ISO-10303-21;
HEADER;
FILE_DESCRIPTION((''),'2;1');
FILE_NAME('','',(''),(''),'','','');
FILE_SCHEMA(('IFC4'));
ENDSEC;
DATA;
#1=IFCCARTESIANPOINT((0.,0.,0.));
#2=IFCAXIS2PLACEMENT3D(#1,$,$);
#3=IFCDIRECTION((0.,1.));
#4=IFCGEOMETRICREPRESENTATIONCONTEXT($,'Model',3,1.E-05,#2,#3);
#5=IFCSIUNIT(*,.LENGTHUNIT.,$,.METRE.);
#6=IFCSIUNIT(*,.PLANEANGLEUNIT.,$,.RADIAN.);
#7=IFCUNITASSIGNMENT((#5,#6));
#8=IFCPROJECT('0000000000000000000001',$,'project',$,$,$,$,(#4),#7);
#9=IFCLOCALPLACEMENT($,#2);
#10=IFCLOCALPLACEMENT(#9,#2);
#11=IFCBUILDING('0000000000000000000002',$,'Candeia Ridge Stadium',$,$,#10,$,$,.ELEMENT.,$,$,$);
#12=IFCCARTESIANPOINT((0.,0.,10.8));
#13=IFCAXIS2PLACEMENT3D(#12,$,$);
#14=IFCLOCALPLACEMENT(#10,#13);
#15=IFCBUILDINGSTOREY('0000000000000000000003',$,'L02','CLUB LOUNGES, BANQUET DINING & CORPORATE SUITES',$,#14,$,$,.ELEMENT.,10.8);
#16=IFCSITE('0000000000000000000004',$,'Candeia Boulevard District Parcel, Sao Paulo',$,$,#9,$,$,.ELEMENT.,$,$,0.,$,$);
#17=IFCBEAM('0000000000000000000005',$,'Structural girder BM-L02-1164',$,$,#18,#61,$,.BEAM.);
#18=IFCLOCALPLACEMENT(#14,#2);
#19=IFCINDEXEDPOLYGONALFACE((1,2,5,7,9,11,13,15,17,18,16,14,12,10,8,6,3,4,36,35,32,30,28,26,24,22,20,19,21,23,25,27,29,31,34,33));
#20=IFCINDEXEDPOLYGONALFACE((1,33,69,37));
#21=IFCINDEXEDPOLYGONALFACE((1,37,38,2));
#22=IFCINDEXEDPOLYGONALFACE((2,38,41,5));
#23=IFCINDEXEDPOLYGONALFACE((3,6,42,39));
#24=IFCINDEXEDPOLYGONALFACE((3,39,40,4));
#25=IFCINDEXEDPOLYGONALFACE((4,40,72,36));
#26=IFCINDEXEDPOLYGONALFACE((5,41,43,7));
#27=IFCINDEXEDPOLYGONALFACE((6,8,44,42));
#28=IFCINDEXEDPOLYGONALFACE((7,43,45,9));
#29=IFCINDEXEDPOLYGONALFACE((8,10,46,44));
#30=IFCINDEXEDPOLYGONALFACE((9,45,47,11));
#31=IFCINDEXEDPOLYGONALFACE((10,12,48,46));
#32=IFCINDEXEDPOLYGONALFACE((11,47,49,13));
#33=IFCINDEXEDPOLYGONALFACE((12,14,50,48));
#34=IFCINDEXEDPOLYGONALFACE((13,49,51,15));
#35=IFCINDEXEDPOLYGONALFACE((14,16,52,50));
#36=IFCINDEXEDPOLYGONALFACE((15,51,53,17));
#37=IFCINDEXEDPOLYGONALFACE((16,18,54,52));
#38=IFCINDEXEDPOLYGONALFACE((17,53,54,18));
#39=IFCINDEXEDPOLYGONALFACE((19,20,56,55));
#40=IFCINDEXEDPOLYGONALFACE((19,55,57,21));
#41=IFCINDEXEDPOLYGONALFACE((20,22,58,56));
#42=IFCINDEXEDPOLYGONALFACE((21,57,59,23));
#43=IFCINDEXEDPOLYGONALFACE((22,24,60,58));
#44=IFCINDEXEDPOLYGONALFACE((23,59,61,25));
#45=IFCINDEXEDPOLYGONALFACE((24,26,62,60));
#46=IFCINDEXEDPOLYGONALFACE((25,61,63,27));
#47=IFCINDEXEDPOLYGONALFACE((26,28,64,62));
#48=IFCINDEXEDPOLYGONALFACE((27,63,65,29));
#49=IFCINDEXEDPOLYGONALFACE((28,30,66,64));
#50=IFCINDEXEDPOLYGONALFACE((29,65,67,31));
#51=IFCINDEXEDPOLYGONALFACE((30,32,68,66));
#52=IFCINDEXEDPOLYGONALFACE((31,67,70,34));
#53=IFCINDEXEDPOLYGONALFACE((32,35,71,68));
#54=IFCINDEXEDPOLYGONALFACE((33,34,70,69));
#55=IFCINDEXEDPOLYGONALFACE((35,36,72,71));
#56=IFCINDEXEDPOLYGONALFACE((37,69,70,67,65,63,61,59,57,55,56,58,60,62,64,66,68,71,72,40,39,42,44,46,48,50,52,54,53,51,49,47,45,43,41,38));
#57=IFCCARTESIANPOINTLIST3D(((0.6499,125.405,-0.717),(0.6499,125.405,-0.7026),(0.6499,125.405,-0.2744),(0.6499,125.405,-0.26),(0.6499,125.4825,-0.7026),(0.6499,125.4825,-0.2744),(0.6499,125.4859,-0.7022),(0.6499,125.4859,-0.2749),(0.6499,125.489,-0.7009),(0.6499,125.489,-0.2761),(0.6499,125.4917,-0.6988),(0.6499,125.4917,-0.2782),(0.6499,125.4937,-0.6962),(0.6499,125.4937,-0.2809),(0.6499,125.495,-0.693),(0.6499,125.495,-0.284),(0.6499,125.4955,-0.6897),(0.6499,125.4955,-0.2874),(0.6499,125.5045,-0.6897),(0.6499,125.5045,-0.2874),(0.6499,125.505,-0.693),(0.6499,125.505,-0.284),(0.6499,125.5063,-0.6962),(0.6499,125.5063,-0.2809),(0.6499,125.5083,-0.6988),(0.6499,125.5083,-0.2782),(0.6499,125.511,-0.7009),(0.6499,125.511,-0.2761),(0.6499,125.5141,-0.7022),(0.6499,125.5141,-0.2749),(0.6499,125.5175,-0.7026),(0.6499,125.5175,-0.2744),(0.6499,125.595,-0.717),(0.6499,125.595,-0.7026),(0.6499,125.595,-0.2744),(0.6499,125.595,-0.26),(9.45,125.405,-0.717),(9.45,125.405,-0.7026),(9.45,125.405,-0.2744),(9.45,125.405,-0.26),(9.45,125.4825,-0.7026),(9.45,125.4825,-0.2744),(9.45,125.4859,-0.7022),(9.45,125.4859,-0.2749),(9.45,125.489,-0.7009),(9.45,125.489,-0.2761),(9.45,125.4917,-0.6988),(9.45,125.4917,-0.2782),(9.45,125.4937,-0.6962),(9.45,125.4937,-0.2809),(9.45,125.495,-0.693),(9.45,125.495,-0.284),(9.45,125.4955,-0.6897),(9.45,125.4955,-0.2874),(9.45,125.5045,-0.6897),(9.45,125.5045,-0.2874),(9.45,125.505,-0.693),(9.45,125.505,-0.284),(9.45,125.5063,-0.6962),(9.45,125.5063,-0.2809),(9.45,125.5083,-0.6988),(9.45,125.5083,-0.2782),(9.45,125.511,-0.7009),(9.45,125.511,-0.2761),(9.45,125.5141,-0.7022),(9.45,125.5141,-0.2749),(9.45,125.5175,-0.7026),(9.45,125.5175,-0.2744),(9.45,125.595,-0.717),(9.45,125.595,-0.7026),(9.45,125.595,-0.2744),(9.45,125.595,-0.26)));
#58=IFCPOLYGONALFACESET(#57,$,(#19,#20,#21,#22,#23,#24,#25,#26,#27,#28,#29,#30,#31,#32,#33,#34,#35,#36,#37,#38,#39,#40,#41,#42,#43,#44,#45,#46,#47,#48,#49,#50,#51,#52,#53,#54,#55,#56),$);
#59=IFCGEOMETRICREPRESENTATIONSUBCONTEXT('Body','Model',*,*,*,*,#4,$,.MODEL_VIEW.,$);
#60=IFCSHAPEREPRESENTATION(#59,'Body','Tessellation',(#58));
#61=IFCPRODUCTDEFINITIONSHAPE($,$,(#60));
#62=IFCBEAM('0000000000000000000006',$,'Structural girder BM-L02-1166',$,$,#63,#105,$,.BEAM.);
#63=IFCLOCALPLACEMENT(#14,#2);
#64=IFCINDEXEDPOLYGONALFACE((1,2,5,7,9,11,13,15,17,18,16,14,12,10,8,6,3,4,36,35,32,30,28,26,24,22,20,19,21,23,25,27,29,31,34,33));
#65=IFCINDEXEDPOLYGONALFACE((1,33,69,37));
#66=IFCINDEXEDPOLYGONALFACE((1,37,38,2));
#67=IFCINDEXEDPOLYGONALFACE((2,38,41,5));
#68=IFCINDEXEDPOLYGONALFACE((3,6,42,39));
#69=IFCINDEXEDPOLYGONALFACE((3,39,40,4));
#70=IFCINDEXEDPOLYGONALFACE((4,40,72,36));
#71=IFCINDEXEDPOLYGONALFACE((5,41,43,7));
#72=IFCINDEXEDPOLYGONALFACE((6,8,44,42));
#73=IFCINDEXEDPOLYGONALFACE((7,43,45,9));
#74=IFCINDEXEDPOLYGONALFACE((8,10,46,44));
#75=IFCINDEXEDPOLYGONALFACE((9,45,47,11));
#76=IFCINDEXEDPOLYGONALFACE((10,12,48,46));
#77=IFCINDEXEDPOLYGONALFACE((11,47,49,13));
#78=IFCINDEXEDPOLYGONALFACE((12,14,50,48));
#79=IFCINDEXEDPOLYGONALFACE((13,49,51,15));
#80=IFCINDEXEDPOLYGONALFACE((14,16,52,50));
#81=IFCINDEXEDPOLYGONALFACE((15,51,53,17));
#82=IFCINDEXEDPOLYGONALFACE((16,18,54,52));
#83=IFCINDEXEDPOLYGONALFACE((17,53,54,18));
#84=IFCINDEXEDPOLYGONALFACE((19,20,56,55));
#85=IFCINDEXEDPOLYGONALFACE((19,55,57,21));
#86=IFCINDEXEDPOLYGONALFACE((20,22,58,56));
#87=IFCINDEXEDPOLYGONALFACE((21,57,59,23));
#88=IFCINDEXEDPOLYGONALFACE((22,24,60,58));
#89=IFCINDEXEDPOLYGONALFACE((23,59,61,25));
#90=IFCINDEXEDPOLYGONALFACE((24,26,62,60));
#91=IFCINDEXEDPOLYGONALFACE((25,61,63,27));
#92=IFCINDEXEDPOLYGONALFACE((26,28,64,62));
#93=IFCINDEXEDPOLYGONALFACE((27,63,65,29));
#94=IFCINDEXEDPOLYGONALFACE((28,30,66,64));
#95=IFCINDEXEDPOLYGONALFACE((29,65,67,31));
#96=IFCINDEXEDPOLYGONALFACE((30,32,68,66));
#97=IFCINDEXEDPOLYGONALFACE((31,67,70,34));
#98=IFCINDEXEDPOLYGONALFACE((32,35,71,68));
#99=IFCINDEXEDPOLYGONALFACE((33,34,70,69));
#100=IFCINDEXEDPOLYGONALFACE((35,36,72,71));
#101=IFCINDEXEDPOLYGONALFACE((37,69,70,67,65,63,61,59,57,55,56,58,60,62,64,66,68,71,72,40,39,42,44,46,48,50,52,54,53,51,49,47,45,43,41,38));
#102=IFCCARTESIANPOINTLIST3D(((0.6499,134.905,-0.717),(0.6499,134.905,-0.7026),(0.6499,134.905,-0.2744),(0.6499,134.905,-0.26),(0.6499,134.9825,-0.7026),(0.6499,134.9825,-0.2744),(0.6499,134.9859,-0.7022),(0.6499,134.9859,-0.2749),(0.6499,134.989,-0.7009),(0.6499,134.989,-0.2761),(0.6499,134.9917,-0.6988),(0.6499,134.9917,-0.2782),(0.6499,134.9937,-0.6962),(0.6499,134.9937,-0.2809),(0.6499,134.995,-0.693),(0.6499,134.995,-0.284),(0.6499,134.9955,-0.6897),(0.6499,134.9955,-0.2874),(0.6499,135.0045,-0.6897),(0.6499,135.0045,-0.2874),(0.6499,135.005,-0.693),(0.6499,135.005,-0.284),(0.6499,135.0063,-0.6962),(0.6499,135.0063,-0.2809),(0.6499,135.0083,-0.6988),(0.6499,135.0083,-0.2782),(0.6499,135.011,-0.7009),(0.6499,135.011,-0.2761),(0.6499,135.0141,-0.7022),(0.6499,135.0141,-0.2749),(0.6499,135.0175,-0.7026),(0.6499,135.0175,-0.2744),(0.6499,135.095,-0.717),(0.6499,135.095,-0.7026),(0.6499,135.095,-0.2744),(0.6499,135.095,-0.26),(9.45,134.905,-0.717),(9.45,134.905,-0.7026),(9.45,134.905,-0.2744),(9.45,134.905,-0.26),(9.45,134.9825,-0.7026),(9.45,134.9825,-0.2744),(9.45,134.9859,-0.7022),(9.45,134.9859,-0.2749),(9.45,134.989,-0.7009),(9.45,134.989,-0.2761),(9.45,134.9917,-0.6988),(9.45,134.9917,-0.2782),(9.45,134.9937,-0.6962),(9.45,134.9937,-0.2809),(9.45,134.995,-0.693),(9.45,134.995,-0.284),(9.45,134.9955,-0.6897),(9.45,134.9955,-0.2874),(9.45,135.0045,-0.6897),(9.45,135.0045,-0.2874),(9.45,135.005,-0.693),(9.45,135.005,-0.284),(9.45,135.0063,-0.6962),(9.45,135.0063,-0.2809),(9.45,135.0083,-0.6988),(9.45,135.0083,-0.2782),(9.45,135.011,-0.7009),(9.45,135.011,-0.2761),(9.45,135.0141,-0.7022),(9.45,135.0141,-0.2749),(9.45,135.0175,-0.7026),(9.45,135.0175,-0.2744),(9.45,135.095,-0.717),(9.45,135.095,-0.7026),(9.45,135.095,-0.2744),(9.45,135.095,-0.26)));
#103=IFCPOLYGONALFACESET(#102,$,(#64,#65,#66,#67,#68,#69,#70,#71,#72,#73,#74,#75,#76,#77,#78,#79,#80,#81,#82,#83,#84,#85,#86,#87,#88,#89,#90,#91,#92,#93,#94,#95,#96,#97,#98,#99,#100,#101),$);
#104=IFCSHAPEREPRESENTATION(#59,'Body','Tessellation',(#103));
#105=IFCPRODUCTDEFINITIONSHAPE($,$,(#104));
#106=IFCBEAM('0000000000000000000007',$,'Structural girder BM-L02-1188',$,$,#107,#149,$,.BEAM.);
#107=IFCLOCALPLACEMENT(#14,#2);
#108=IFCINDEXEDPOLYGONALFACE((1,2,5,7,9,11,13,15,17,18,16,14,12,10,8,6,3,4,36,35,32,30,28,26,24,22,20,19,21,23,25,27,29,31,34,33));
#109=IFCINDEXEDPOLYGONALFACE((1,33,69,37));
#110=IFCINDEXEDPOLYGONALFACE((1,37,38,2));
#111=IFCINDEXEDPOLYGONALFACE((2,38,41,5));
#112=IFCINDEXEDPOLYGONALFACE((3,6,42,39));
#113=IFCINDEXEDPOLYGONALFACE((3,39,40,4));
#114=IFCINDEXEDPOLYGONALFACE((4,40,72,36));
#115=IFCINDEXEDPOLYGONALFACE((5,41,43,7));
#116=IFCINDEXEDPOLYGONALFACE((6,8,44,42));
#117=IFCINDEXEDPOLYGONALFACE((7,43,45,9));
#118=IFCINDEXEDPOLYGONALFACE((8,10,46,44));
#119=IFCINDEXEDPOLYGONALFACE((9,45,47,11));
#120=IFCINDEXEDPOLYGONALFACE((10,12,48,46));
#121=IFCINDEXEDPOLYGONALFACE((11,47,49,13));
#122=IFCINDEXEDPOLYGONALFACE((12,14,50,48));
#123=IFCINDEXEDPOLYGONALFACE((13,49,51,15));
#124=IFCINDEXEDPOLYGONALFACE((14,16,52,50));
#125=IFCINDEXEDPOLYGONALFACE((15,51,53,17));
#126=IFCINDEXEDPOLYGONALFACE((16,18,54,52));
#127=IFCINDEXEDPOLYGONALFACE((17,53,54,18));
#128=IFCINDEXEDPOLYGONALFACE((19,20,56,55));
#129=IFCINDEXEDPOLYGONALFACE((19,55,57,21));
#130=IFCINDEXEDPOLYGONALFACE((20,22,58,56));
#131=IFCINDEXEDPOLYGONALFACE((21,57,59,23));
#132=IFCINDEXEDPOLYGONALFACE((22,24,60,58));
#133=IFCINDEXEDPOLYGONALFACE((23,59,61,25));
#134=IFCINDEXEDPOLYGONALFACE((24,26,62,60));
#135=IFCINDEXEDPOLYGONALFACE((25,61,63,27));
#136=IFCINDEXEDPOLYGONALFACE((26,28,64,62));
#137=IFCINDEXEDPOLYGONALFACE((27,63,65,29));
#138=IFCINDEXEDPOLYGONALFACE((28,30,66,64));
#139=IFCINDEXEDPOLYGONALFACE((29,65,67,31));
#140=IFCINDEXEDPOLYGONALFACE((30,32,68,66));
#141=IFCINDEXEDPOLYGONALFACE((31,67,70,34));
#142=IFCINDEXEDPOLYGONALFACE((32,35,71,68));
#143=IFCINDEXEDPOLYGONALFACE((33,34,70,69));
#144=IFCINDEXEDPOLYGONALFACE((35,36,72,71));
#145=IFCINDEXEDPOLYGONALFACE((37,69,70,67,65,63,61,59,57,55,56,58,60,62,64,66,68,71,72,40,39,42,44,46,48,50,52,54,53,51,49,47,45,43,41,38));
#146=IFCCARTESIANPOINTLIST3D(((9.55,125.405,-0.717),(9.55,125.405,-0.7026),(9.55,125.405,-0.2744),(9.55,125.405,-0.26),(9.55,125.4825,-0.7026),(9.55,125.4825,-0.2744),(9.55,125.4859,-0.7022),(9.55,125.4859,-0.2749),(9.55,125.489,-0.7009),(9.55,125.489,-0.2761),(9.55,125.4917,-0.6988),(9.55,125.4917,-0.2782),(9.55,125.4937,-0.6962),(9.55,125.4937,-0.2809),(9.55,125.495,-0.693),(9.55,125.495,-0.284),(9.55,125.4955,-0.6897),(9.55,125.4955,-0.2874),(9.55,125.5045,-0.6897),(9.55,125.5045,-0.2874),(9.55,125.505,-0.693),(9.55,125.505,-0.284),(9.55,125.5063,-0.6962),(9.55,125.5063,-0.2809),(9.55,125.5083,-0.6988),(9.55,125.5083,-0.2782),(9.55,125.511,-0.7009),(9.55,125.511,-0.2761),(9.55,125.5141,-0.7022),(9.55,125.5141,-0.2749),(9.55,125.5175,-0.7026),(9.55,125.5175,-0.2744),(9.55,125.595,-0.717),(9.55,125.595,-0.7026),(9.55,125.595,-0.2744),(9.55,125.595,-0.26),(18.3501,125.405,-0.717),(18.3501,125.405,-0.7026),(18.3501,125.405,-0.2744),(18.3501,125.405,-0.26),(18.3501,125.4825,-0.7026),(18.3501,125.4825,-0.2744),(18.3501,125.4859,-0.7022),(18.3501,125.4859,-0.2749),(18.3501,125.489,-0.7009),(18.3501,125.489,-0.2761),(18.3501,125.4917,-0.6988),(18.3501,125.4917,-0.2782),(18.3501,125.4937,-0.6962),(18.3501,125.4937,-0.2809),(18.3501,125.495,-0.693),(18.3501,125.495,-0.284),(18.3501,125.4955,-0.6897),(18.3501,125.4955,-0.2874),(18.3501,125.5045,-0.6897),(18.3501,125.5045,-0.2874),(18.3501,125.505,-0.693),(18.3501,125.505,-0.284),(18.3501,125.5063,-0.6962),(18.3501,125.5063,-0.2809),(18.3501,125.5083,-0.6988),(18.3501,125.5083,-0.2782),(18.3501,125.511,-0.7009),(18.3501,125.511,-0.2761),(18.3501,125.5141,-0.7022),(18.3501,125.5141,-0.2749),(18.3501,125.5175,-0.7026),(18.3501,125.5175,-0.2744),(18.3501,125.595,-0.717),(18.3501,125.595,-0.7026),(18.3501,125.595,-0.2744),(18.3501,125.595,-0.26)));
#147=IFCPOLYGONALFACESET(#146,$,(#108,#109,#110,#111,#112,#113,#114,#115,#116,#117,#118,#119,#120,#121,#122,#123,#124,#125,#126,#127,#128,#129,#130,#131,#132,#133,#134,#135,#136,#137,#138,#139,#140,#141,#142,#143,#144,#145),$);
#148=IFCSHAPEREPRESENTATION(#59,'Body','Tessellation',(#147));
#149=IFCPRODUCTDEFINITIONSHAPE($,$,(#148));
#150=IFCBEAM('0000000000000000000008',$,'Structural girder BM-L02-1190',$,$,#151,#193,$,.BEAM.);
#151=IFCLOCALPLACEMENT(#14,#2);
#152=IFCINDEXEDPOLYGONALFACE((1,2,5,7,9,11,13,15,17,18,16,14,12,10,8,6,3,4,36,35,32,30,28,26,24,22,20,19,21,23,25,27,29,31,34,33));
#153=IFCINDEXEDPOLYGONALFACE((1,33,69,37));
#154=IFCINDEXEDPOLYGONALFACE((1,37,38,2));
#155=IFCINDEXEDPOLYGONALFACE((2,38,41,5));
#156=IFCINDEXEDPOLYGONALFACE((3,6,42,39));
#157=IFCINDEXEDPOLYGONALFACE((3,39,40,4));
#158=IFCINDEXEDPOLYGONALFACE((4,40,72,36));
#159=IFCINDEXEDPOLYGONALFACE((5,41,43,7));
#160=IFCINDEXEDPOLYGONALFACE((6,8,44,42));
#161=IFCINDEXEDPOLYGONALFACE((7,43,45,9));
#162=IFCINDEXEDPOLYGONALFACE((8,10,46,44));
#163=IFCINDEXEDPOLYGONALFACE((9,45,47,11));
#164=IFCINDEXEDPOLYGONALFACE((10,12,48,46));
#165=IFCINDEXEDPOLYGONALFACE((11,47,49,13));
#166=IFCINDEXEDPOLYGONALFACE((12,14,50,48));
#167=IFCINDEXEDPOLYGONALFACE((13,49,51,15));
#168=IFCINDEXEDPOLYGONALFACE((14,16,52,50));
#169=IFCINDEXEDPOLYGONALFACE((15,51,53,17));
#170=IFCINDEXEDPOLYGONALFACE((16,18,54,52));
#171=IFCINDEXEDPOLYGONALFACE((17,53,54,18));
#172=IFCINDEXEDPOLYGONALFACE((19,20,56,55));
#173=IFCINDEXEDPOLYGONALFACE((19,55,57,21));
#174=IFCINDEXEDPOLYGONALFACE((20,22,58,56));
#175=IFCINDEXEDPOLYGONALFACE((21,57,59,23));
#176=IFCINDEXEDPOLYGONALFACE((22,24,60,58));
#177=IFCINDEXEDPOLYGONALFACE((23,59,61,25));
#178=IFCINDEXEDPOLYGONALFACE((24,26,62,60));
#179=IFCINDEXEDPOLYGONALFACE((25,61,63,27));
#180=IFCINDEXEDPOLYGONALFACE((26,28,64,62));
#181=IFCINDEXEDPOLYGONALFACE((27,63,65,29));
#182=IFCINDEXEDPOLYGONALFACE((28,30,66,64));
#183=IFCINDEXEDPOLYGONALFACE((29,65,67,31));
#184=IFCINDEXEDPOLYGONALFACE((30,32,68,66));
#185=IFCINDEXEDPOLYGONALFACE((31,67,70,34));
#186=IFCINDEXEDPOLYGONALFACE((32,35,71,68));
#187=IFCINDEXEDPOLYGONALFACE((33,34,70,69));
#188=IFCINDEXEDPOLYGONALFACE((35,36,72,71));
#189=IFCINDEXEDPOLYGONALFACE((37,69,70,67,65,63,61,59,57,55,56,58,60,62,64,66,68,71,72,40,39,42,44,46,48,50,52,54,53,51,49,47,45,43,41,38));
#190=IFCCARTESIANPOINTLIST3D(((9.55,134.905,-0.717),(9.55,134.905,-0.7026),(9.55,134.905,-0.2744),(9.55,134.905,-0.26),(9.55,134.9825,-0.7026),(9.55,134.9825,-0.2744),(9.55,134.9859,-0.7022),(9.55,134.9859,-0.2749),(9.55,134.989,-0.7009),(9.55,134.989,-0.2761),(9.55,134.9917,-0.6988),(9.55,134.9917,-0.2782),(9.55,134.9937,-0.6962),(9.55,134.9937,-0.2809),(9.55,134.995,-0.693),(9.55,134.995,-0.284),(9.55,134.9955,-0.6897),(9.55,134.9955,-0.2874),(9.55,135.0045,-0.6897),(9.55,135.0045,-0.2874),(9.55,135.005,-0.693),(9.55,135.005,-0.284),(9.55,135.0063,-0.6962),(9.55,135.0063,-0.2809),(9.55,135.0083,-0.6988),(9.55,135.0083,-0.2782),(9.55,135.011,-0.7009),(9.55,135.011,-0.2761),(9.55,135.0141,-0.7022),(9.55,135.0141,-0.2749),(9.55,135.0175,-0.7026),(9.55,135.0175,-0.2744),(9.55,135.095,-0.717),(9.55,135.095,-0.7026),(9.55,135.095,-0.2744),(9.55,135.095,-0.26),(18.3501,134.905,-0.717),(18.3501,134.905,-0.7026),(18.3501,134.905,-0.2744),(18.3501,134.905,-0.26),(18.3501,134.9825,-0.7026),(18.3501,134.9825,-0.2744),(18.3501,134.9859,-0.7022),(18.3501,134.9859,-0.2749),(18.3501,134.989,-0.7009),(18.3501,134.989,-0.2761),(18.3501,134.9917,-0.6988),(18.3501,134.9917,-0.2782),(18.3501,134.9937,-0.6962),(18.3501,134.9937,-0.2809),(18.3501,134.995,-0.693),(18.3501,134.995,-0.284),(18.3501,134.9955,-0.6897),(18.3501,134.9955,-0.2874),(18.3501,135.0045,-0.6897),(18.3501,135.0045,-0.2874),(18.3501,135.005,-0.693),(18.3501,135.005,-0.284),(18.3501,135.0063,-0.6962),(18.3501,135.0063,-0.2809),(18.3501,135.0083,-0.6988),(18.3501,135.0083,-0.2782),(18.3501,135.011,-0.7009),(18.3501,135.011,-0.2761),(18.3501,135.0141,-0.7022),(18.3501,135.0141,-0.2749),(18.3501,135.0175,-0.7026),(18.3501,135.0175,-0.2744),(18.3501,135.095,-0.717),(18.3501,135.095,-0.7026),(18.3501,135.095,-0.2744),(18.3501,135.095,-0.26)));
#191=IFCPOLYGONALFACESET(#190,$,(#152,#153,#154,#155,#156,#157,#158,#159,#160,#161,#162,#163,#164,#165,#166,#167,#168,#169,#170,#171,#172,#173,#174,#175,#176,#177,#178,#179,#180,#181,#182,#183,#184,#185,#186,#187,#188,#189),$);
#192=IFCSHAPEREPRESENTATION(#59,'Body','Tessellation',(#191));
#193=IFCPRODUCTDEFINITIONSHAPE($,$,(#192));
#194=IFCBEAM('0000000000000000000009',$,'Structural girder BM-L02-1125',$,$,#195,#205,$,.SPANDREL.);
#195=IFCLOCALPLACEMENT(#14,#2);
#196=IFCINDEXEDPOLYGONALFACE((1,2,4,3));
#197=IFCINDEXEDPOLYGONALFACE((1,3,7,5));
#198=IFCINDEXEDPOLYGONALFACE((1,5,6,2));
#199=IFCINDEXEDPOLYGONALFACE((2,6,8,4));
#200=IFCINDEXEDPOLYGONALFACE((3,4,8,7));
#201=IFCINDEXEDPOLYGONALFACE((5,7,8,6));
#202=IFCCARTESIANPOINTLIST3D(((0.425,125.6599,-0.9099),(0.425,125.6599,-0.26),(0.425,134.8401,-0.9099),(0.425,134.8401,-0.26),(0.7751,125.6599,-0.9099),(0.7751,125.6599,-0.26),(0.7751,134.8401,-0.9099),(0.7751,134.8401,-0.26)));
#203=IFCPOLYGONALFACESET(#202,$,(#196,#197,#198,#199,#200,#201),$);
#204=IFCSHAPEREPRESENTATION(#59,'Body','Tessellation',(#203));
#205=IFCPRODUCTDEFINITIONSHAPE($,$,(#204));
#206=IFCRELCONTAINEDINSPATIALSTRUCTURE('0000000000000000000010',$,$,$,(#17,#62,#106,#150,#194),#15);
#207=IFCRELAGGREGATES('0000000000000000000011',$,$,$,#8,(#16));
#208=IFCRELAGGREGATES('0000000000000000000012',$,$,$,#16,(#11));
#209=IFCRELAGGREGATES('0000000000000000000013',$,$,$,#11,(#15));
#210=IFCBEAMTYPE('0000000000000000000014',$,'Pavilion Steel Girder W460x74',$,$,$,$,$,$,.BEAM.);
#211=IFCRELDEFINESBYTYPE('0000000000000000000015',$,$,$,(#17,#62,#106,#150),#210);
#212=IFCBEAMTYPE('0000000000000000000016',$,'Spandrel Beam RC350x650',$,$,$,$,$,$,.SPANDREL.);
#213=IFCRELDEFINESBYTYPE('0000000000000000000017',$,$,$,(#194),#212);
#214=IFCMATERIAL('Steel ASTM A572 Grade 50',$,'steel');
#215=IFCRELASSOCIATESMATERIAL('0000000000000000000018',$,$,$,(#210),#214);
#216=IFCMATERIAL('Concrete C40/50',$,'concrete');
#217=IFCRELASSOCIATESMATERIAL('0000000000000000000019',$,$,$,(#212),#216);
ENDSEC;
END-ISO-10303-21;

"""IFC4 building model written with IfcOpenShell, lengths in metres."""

from ifc_helpers import new_model, si_unit, direction, frame, origin, origin_2d, place, context, subcontext, project, spatial, rectangle, i_section, extrude, material, material_profile, profile_set, type_object, element, save


model = new_model("IFC4")

# Units and contexts
model_context = context("Model", 3, precision=1e-05, world=origin(), true_north=direction((0.0, 1.0)))
body_context = subcontext(model_context, "Body", "Model", "MODEL_VIEW")
ifc_project = project(units=[si_unit("LENGTHUNIT", "METRE"), si_unit("PLANEANGLEUNIT", "RADIAN")], contexts=[model_context])

# Site, building, storey
site_placement = place(None, origin())
site = spatial("IfcSite", under=ifc_project, at=site_placement, Name="Candeia Boulevard District Parcel, Sao Paulo", CompositionType="ELEMENT", RefElevation=0.0)
building_placement = place(site_placement, origin())
building = spatial("IfcBuilding", under=site, at=building_placement, Name="Candeia Ridge Stadium", CompositionType="ELEMENT")
storey_placement = place(building_placement, frame((0.0, 0.0, 10.8)))
storey = spatial("IfcBuildingStorey", under=building, at=storey_placement, Name="L02", Description="CLUB LOUNGES, BANQUET DINING & CORPORATE SUITES", CompositionType="ELEMENT", Elevation=10.8)

# Shared definitions
ifc_material_1 = material(Name="Concrete C40/50", Category="concrete")

# Beams
ifc_material_2 = material(Name="Steel ASTM A572 Grade 50", Category="steel")
ifc_material_profile_1 = material_profile(ifc_material_2, i_section(OverallWidth=0.1899, OverallDepth=0.457, WebThickness=0.009, FlangeThickness=0.0144, FilletRadius=0.0129, at=origin_2d()), Name="W460x74", Category="steel")
ifc_profile_set_1 = profile_set([ifc_material_profile_1], Name="Steel ASTM A572 Grade 50")
beam_type_1 = type_object("IfcBeamType", Name="Pavilion Steel Girder W460x74", PredefinedType="BEAM", material=ifc_profile_set_1)
for number, where, z_axis, x_axis, name in (
    (1, (0.6499, 125.5, -0.4885), (1.0, 0.0, 0.0), (0.0, 1.0, 0.0), "Structural girder BM-L02-1164"),
    (2, (0.6499, 135.0, -0.4885), (1.0, 0.0, 0.0), (0.0, 1.0, 0.0), "Structural girder BM-L02-1166"),
    (3, (9.55, 125.5, -0.4885), (1.0, 0.0, 0.0), (0.0, 1.0, 0.0), "Structural girder BM-L02-1188"),
    (4, (9.55, 135.0, -0.4885), (1.0, 0.0, 0.0), (0.0, 1.0, 0.0), "Structural girder BM-L02-1190"),
):
    element("IfcBeam", number, at=place(storey_placement, frame(where, z_axis=z_axis, x_axis=x_axis)), inside=storey, type_object=beam_type_1, Name=name, PredefinedType="BEAM", context=body_context, shape_type="SweptSolid", body=[
        extrude(i_section(OverallWidth=0.1899, OverallDepth=0.457, WebThickness=0.009, FlangeThickness=0.0144, FilletRadius=0.0129, at=origin_2d()), origin(), (0.0, 0.0, 1.0), 8.8),
    ])
ifc_material_profile_2 = material_profile(ifc_material_1, rectangle(XDim=0.3501, YDim=0.6499, at=origin_2d()), Name="RC350x650", Category="concrete")
ifc_profile_set_2 = profile_set([ifc_material_profile_2], Name="Concrete C40/50")
beam_type_2 = type_object("IfcBeamType", Name="Spandrel Beam RC350x650", PredefinedType="SPANDREL", material=ifc_profile_set_2)
beam_1_placement = place(storey_placement, frame((0.6001, 125.6599, -0.585), z_axis=(0.0, 1.0, 0.0), x_axis=(-1.0, 0.0, 0.0)))
element("IfcBeam", 5, at=beam_1_placement, inside=storey, type_object=beam_type_2, Name="Structural girder BM-L02-1125", PredefinedType="SPANDREL", context=body_context, shape_type="SweptSolid", body=[
    extrude(rectangle(XDim=0.3501, YDim=0.6499, at=origin_2d()), origin(), (0.0, 0.0, 1.0), 9.1802),
])

save(model, "model.ifc")
